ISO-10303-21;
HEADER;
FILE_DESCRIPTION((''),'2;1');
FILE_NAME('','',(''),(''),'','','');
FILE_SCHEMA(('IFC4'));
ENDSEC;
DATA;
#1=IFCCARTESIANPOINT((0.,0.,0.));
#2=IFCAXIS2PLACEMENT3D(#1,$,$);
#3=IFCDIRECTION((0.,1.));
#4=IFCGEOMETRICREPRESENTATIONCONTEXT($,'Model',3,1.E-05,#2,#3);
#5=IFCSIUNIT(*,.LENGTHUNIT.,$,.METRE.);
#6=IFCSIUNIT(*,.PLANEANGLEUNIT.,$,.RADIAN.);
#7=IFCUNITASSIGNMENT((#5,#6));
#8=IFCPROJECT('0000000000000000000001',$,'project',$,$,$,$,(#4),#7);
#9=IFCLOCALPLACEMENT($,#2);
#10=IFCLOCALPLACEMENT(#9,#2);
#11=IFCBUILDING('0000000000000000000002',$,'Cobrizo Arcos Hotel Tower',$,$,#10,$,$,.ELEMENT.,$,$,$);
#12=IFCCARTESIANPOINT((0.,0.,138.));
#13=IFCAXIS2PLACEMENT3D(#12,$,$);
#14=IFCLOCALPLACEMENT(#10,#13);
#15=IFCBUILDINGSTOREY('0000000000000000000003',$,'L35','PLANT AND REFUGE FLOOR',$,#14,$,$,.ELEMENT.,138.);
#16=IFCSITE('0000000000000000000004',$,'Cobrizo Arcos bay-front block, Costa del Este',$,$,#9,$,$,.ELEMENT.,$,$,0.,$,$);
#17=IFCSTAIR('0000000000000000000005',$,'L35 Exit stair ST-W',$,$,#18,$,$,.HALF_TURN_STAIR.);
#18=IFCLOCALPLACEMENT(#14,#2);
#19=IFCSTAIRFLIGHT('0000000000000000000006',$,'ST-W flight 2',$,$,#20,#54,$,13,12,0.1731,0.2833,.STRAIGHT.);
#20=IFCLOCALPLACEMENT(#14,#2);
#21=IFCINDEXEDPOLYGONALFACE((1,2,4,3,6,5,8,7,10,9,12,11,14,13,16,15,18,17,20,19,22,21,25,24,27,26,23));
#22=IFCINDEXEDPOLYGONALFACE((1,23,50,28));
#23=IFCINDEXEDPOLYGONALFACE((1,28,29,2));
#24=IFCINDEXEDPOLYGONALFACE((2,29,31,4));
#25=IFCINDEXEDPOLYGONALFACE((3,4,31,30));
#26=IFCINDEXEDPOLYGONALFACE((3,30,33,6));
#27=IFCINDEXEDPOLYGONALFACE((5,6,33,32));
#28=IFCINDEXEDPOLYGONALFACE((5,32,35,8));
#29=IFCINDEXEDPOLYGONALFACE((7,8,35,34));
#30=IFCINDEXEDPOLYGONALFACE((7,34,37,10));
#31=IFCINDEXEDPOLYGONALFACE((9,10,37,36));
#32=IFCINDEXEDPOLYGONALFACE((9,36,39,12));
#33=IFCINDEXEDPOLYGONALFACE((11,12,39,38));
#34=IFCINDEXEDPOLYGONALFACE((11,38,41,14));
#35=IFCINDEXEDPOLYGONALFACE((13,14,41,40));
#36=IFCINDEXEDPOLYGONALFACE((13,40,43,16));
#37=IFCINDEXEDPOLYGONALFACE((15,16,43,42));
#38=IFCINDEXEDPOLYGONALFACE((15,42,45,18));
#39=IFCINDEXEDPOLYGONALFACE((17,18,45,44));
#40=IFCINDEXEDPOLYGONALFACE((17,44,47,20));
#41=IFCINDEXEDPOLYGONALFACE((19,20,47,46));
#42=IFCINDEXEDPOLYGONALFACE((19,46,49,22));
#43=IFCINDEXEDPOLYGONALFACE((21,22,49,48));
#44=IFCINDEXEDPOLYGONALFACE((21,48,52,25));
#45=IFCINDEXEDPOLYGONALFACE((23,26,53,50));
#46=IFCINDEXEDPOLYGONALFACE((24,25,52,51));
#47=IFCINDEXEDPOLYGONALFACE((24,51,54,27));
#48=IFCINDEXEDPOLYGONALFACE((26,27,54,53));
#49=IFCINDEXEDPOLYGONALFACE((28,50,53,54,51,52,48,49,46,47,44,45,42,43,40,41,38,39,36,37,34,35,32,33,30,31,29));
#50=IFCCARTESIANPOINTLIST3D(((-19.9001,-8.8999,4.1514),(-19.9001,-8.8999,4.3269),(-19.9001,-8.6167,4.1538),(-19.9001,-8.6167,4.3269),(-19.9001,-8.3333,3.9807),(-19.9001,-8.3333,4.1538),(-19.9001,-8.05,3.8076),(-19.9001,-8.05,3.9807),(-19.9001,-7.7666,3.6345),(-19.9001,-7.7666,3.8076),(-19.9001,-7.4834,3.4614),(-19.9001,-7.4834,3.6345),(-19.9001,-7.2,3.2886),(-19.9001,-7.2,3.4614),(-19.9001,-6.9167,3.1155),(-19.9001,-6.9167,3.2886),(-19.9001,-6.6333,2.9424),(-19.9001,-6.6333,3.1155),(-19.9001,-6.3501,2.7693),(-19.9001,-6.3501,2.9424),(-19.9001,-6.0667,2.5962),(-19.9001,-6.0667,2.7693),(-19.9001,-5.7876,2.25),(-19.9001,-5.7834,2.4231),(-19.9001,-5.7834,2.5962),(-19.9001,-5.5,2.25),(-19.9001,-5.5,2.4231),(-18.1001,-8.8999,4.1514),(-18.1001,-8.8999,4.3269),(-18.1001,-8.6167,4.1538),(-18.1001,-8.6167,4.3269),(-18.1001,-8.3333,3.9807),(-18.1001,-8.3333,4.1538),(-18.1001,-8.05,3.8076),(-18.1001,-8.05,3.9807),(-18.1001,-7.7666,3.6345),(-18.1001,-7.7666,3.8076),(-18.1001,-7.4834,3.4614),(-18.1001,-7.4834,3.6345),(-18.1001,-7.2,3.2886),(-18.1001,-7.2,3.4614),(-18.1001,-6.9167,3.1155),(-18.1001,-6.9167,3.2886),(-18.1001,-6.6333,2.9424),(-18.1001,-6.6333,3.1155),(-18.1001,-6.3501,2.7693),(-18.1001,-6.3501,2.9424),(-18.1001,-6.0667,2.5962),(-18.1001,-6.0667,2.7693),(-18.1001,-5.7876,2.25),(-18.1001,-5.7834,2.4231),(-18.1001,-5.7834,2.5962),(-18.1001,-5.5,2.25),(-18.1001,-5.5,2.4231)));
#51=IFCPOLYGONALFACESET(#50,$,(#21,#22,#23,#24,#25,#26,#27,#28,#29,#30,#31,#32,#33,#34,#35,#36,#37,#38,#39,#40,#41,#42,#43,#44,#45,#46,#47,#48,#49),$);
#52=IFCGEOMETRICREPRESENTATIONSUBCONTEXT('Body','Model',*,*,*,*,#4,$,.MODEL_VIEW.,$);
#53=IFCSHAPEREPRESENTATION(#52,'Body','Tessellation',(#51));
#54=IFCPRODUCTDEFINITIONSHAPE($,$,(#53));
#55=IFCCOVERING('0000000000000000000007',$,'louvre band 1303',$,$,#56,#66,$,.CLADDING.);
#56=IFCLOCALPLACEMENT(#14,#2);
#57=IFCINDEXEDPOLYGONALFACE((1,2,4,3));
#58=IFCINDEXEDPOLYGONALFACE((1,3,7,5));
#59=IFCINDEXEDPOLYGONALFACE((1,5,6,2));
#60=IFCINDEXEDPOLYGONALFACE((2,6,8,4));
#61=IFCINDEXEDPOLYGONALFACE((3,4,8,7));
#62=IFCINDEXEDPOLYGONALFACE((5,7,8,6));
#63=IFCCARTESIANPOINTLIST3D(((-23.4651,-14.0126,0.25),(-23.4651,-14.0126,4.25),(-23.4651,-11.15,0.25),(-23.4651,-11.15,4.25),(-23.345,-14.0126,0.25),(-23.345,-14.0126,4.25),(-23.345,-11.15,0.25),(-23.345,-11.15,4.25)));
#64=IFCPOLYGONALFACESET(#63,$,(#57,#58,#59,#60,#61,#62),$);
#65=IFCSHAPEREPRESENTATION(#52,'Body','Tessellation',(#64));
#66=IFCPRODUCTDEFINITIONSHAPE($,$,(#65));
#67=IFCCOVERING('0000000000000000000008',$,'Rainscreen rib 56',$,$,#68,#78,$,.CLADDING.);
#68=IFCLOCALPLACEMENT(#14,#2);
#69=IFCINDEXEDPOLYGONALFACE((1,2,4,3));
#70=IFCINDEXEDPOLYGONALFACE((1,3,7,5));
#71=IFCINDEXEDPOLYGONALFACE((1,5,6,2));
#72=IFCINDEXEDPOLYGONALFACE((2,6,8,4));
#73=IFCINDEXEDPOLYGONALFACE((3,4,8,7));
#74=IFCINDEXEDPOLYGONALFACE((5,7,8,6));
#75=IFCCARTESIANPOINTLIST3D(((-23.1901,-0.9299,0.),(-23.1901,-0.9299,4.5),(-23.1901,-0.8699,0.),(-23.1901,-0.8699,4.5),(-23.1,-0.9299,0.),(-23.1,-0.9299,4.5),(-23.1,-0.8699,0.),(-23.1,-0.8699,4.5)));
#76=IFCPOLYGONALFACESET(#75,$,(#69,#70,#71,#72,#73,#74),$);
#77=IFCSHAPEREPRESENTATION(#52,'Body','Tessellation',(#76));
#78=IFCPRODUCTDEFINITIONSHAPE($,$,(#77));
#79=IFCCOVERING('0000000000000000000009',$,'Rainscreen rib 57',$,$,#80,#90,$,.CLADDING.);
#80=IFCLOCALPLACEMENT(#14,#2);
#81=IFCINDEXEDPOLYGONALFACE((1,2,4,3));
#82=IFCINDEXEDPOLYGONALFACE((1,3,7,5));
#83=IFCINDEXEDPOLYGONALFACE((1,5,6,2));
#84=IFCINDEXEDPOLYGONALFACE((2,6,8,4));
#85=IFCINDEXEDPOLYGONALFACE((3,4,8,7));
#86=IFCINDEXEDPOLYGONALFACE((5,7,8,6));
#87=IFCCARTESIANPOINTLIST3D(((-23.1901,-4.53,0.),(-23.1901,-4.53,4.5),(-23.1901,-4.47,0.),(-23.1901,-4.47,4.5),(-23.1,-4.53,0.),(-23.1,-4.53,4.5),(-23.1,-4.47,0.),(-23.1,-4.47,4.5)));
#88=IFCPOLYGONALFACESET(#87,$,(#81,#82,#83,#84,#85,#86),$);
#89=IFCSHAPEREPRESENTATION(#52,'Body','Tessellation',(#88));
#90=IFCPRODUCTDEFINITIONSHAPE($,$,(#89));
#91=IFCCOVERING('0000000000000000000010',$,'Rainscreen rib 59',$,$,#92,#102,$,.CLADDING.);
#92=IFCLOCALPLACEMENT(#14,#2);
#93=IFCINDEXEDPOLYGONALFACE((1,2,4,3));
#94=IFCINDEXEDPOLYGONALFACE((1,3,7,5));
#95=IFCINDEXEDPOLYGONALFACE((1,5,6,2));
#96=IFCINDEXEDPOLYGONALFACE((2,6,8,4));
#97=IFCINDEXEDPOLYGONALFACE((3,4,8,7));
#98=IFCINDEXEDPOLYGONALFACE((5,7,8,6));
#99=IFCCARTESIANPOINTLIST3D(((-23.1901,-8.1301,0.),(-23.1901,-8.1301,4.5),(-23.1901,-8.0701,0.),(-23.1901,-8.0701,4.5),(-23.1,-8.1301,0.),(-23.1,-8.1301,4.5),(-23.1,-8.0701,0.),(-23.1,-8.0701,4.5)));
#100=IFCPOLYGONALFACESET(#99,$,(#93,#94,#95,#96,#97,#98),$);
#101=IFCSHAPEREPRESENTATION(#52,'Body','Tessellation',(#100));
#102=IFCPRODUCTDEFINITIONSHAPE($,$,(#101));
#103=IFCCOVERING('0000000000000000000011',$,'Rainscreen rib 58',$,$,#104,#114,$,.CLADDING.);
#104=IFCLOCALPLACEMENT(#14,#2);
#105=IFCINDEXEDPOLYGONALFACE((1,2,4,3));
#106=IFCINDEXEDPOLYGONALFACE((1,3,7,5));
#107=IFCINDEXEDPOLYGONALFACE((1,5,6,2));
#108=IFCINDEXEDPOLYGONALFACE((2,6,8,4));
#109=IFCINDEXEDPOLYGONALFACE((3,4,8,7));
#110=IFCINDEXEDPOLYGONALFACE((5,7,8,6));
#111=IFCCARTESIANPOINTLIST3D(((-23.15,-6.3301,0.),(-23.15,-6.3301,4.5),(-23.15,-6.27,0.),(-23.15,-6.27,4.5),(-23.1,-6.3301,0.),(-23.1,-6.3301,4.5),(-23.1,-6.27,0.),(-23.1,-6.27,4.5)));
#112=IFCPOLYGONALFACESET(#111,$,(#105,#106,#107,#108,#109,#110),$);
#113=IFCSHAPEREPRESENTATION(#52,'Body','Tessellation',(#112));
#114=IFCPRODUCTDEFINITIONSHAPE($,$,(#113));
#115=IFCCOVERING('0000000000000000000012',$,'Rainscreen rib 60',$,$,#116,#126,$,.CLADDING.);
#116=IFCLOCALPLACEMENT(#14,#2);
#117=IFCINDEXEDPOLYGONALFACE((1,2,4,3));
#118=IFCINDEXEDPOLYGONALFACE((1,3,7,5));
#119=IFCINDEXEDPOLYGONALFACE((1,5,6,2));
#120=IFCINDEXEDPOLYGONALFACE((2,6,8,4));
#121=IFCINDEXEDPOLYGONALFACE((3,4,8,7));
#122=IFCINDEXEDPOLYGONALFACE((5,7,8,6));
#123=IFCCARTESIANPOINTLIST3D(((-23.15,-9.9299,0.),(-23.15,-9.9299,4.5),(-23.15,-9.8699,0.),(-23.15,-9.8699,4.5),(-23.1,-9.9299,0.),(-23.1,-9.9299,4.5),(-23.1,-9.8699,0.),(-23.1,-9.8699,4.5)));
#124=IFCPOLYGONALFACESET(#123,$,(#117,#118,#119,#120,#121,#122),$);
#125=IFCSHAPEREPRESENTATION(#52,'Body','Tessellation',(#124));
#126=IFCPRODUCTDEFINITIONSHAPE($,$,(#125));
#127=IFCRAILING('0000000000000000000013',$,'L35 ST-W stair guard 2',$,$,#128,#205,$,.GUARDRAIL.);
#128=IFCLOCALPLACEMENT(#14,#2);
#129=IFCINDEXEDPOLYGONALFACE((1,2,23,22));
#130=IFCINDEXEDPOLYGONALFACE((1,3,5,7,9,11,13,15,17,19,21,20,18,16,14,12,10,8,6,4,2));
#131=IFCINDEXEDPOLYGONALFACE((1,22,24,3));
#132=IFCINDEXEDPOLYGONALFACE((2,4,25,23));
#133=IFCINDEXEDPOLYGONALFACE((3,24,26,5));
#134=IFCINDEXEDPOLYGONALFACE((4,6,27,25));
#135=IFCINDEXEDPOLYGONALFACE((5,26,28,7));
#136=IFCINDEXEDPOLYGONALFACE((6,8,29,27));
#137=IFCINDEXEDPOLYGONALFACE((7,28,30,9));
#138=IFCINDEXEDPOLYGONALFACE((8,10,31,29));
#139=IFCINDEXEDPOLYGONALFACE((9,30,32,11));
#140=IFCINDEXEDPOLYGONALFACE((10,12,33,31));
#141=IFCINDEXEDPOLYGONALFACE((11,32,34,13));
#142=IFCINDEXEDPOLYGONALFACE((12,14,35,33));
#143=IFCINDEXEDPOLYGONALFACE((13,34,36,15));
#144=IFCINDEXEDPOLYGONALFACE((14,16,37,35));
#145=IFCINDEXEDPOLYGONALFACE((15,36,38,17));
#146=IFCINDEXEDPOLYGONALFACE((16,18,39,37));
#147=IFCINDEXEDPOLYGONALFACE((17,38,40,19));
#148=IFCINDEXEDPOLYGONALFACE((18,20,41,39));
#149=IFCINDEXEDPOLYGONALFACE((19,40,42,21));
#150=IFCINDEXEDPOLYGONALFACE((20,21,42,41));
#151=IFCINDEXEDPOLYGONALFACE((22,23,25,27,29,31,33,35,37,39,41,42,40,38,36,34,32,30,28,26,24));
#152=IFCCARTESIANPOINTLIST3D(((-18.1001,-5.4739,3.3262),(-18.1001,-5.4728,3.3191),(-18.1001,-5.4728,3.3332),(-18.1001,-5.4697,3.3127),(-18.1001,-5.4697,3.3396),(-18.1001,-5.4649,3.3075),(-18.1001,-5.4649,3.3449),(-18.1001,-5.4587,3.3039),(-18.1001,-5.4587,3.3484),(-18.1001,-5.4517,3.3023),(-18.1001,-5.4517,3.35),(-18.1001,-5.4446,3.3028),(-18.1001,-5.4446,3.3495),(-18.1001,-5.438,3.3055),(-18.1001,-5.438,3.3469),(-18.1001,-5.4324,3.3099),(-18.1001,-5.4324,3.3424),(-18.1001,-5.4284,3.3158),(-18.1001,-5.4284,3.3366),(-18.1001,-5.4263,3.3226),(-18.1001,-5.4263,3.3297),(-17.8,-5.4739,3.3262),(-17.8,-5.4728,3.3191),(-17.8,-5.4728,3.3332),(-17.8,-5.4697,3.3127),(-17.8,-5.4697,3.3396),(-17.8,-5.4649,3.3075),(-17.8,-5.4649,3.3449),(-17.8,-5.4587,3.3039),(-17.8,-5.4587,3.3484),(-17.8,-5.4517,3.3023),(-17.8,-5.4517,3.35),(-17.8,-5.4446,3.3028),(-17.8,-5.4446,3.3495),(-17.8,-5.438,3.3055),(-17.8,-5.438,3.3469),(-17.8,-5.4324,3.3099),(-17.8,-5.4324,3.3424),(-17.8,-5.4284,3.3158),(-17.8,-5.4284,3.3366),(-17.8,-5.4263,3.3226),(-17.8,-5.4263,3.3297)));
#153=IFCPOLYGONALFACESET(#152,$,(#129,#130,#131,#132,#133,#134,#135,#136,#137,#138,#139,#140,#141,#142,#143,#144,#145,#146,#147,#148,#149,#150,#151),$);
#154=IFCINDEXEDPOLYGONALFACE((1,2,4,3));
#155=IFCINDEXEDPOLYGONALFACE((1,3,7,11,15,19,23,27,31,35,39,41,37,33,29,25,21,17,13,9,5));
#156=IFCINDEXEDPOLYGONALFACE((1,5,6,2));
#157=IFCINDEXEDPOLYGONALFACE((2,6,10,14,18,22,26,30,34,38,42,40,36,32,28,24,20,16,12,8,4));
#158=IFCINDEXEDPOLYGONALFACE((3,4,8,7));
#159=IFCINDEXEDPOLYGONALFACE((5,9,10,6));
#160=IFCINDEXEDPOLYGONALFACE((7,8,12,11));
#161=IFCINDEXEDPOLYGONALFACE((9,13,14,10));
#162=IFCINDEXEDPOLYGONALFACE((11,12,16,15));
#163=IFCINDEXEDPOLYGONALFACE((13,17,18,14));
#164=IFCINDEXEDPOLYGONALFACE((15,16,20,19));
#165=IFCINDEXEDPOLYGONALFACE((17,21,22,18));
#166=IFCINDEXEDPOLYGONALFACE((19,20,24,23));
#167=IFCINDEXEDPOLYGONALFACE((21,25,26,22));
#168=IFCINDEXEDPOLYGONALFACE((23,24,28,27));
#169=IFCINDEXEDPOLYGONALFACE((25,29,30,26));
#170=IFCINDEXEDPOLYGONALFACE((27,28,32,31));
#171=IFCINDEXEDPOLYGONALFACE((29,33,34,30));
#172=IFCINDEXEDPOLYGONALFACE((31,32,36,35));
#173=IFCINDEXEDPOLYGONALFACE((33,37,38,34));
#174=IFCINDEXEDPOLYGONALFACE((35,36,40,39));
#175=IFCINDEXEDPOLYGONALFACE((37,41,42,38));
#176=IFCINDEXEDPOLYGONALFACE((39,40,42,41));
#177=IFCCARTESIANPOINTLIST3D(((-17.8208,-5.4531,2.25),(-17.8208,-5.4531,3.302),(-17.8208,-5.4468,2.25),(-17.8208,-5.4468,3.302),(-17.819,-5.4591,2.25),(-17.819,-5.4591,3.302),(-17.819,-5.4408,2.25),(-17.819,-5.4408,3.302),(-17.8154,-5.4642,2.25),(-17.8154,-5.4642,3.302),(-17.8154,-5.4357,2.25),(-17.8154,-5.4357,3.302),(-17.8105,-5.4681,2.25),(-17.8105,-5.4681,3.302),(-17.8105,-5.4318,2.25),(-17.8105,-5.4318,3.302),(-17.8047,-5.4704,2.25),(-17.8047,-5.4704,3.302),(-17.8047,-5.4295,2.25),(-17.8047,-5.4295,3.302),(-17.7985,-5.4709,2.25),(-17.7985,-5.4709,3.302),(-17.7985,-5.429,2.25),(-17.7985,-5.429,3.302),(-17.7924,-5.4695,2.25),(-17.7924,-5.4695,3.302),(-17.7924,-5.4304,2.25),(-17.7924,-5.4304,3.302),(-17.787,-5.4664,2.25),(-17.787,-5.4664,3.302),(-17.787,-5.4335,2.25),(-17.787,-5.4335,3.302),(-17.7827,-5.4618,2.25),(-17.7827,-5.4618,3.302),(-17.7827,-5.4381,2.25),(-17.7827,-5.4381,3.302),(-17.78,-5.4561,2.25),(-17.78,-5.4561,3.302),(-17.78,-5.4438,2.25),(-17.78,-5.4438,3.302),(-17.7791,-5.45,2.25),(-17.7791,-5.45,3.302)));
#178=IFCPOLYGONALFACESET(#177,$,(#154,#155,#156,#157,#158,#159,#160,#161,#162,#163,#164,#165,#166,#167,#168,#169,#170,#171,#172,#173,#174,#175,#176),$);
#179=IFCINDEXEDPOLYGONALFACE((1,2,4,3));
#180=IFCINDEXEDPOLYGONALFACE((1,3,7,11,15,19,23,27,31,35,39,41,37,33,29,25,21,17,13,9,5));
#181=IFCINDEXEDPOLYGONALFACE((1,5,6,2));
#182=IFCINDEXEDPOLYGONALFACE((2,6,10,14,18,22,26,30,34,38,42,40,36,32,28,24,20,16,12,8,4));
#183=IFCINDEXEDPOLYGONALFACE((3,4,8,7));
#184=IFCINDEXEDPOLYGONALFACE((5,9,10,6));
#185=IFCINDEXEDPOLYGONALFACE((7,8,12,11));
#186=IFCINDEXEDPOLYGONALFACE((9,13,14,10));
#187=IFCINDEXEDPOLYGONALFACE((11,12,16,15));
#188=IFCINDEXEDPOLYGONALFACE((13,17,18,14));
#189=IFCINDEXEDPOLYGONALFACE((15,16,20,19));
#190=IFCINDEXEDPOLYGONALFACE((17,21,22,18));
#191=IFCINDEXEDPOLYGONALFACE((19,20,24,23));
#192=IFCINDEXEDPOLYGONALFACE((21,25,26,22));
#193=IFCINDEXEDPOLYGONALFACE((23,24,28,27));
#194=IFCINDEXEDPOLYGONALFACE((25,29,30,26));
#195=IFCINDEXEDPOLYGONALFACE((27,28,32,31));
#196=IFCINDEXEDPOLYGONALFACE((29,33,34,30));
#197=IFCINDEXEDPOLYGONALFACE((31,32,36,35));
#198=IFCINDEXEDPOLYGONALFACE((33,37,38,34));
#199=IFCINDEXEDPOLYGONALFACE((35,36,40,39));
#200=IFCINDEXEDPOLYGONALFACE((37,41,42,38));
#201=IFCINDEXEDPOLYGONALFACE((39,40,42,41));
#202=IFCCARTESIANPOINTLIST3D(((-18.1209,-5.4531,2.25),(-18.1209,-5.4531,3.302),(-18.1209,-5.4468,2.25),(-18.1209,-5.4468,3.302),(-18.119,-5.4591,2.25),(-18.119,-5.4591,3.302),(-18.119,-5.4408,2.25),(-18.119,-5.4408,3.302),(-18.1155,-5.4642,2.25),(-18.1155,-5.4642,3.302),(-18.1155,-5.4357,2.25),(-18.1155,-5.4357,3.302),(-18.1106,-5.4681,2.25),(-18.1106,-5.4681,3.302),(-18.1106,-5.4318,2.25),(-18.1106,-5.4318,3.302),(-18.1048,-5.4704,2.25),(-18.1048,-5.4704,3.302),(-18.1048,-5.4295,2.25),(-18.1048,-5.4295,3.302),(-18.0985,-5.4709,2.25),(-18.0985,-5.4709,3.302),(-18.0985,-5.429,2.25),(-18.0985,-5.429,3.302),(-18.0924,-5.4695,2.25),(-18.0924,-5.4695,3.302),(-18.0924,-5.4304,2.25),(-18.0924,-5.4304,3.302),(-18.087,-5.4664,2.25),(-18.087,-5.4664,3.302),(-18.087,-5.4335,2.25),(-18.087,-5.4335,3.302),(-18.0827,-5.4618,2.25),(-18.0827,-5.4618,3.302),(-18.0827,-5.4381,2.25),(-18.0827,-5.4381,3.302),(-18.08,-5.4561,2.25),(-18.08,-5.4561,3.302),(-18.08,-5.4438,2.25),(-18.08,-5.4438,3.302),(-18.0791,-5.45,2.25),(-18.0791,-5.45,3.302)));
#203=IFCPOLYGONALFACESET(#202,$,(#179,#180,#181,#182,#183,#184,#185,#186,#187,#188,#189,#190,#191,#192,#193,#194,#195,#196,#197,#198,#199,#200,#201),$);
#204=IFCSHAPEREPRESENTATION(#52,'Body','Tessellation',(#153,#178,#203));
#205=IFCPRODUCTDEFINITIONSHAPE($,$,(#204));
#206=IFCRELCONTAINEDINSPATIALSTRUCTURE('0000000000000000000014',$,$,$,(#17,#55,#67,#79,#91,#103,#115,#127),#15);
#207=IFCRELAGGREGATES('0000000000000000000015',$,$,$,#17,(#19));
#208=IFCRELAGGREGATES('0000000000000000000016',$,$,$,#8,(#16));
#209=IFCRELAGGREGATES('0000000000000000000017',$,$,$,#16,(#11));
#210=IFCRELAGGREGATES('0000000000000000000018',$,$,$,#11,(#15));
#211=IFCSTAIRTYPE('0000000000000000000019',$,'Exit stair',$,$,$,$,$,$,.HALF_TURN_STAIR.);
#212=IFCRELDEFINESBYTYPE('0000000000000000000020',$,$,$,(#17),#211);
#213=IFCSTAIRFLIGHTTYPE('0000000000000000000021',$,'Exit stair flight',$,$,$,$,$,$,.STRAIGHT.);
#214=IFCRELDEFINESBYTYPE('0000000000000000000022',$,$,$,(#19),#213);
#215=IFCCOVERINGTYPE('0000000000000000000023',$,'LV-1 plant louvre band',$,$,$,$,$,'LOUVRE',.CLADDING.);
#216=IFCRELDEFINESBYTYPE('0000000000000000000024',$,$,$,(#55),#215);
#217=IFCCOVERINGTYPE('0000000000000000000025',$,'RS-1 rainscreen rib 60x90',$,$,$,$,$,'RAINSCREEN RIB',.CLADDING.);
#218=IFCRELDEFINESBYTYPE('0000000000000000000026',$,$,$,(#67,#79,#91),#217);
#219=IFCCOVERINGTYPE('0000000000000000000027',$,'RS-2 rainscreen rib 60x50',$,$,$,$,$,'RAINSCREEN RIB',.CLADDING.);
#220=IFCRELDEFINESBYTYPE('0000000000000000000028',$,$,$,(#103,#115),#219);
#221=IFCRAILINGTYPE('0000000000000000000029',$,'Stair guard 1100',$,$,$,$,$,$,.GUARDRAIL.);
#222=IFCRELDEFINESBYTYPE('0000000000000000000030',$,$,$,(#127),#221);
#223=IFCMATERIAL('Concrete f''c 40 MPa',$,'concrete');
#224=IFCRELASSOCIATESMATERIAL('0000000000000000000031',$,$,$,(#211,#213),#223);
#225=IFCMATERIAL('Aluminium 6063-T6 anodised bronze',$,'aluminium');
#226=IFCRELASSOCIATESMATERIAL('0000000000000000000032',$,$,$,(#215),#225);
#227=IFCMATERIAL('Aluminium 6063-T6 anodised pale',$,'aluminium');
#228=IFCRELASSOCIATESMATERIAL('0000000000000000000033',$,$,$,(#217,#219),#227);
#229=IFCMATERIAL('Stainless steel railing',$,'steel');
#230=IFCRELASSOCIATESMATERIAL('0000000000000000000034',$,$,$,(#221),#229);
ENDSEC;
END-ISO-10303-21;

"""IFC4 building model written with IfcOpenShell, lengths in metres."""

from ifc_helpers import new_model, si_unit, direction, frame, origin, origin_2d, place, context, subcontext, project, spatial, polyline, rectangle, circle, outline, extrude, material, type_object, element, aggregate, save


model = new_model("IFC4")

# Units and contexts
model_context = context("Model", 3, precision=1e-05, world=origin(), true_north=direction((0.0, 1.0)))
body_context = subcontext(model_context, "Body", "Model", "MODEL_VIEW")
ifc_project = project(units=[si_unit("LENGTHUNIT", "METRE"), si_unit("PLANEANGLEUNIT", "RADIAN")], contexts=[model_context])

# Site, building, storey
site_placement = place(None, origin())
site = spatial("IfcSite", under=ifc_project, at=site_placement, Name="Cobrizo Arcos bay-front block, Costa del Este", CompositionType="ELEMENT", RefElevation=0.0)
building_placement = place(site_placement, origin())
building = spatial("IfcBuilding", under=site, at=building_placement, Name="Cobrizo Arcos Hotel Tower", CompositionType="ELEMENT")
storey_placement = place(building_placement, frame((0.0, 0.0, 138.0)))
storey = spatial("IfcBuildingStorey", under=building, at=storey_placement, Name="L35", Description="PLANT AND REFUGE FLOOR", CompositionType="ELEMENT", Elevation=138.0)

# Shared definitions
ifc_material_1 = material(Name="Aluminium 6063-T6 anodised bronze", Category="aluminium")

# Shared definitions
ifc_material_2 = material(Name="Concrete f'c 40 MPa", Category="concrete")

# Stair, stair flight
stair_type = type_object("IfcStairType", Name="Exit stair", PredefinedType="HALF_TURN_STAIR", material=ifc_material_2)
stair_placement = place(storey_placement, origin())
stair = element("IfcStair", 1, at=stair_placement, inside=storey, type_object=stair_type, Name="L35 Exit stair ST-W", PredefinedType="HALF_TURN_STAIR")
stair_flight_type = type_object("IfcStairFlightType", Name="Exit stair flight", PredefinedType="STRAIGHT", material=ifc_material_2)
stair_flight_placement = place(storey_placement, frame((-19.0, -5.5, 2.25), z_axis=(0.0, 0.0, 1.0), x_axis=(0.0, -1.0, 0.0)))
stair_flight = element("IfcStairFlight", 2, at=stair_flight_placement, type_object=stair_flight_type, Name="ST-W flight 2", NumberOfRisers=13, NumberOfTreads=12, PredefinedType="STRAIGHT", RiserHeight=0.1731, TreadLength=0.2833, context=body_context, shape_type="SweptSolid", body=[
    extrude(outline(polyline([(0.0, 0.0), (0.0, 0.1731), (0.2834, 0.1731), (0.2834, 0.3462), (0.5667, 0.3462), (0.5667, 0.5193), (0.8501, 0.5193), (0.8501, 0.6924), (1.1333, 0.6924), (1.1333, 0.8655), (1.4167, 0.8655), (1.4167, 1.0386), (1.7, 1.0386), (1.7, 1.2114), (1.9834, 1.2114), (1.9834, 1.3845), (2.2666, 1.3845), (2.2666, 1.5576), (2.55, 1.5576), (2.55, 1.7307), (2.8333, 1.7307), (2.8333, 1.9038), (3.1167, 1.9038), (3.1167, 2.0769), (3.3999, 2.0769), (3.3999, 2.25), (3.3999, 1.9014), (0.2876, 0.0), (0.0, 0.0)])), frame((0.0, 0.8999, 0.0), z_axis=(0.0, -1.0, 0.0), x_axis=(1.0, 0.0, 0.0)), (0.0, 0.0, 1.0), 1.8),
])
aggregate(stair, [stair_flight])

# Coverings
covering_type_1 = type_object("IfcCoveringType", Name="LV-1 plant louvre band", ElementType="LOUVRE", PredefinedType="CLADDING", material=ifc_material_1)
covering_placement = place(storey_placement, frame((-23.405, -12.5813, 0.25), z_axis=(0.0, 0.0, 1.0), x_axis=(0.0, -1.0, 0.0)))
element("IfcCovering", 3, at=covering_placement, inside=storey, type_object=covering_type_1, Name="louvre band 1303", PredefinedType="CLADDING", context=body_context, shape_type="SweptSolid", body=[
    extrude(rectangle(XDim=2.8625, YDim=0.1201, at=origin_2d()), origin(), (0.0, 0.0, 1.0), 4.0),
])
ifc_material_3 = material(Name="Aluminium 6063-T6 anodised pale", Category="aluminium")
covering_type_2 = type_object("IfcCoveringType", Name="RS-1 rainscreen rib 60x90", ElementType="RAINSCREEN RIB", PredefinedType="CLADDING", material=ifc_material_3)
for number, where, z_axis, x_axis, name in (
    (4, (-23.145, -0.8999, 0.0), (0.0, 0.0, 1.0), (0.0, -1.0, 0.0), "Rainscreen rib 56"),
    (5, (-23.145, -4.5, 0.0), (0.0, 0.0, 1.0), (0.0, -1.0, 0.0), "Rainscreen rib 57"),
    (6, (-23.145, -8.1001, 0.0), (0.0, 0.0, 1.0), (0.0, -1.0, 0.0), "Rainscreen rib 59"),
):
    element("IfcCovering", number, at=place(storey_placement, frame(where, z_axis=z_axis, x_axis=x_axis)), inside=storey, type_object=covering_type_2, Name=name, PredefinedType="CLADDING", context=body_context, shape_type="SweptSolid", body=[
        extrude(rectangle(XDim=0.0601, YDim=0.0901, at=origin_2d()), origin(), (0.0, 0.0, 1.0), 4.5),
    ])
covering_type_3 = type_object("IfcCoveringType", Name="RS-2 rainscreen rib 60x50", ElementType="RAINSCREEN RIB", PredefinedType="CLADDING", material=ifc_material_3)
for number, where, z_axis, x_axis, name in (
    (7, (-23.125, -6.3, 0.0), (0.0, 0.0, 1.0), (0.0, -1.0, 0.0), "Rainscreen rib 58"),
    (8, (-23.125, -9.8999, 0.0), (0.0, 0.0, 1.0), (0.0, -1.0, 0.0), "Rainscreen rib 60"),
):
    element("IfcCovering", number, at=place(storey_placement, frame(where, z_axis=z_axis, x_axis=x_axis)), inside=storey, type_object=covering_type_3, Name=name, PredefinedType="CLADDING", context=body_context, shape_type="SweptSolid", body=[
        extrude(rectangle(XDim=0.0601, YDim=0.05, at=origin_2d()), origin(), (0.0, 0.0, 1.0), 4.5),
    ])

# Railing
ifc_material_4 = material(Name="Stainless steel railing", Category="steel")
railing_type_1 = type_object("IfcRailingType", Name="Stair guard 1100", PredefinedType="GUARDRAIL", material=ifc_material_4)
railing_1_placement = place(storey_placement, frame((-17.8, -5.45, 2.25)))
element("IfcRailing", 9, at=railing_1_placement, inside=storey, type_object=railing_type_1, Name="L35 ST-W stair guard 2", PredefinedType="GUARDRAIL", context=body_context, shape_type="SweptSolid", body=[
    extrude(circle(Radius=0.0239, at=origin_2d()), frame((0.0, 0.0, 1.0762), z_axis=(-1.0, 0.0, 0.0), x_axis=(0.0, -1.0, 0.0)), (0.0, 0.0, 1.0), 0.3),
    extrude(circle(Radius=0.021, at=origin_2d()), origin(), (0.0, 0.0, 1.0), 1.052),
    extrude(circle(Radius=0.021, at=origin_2d()), frame((-0.3, 0.0, 0.0)), (0.0, 0.0, 1.0), 1.052),
])

save(model, "model.ifc")
